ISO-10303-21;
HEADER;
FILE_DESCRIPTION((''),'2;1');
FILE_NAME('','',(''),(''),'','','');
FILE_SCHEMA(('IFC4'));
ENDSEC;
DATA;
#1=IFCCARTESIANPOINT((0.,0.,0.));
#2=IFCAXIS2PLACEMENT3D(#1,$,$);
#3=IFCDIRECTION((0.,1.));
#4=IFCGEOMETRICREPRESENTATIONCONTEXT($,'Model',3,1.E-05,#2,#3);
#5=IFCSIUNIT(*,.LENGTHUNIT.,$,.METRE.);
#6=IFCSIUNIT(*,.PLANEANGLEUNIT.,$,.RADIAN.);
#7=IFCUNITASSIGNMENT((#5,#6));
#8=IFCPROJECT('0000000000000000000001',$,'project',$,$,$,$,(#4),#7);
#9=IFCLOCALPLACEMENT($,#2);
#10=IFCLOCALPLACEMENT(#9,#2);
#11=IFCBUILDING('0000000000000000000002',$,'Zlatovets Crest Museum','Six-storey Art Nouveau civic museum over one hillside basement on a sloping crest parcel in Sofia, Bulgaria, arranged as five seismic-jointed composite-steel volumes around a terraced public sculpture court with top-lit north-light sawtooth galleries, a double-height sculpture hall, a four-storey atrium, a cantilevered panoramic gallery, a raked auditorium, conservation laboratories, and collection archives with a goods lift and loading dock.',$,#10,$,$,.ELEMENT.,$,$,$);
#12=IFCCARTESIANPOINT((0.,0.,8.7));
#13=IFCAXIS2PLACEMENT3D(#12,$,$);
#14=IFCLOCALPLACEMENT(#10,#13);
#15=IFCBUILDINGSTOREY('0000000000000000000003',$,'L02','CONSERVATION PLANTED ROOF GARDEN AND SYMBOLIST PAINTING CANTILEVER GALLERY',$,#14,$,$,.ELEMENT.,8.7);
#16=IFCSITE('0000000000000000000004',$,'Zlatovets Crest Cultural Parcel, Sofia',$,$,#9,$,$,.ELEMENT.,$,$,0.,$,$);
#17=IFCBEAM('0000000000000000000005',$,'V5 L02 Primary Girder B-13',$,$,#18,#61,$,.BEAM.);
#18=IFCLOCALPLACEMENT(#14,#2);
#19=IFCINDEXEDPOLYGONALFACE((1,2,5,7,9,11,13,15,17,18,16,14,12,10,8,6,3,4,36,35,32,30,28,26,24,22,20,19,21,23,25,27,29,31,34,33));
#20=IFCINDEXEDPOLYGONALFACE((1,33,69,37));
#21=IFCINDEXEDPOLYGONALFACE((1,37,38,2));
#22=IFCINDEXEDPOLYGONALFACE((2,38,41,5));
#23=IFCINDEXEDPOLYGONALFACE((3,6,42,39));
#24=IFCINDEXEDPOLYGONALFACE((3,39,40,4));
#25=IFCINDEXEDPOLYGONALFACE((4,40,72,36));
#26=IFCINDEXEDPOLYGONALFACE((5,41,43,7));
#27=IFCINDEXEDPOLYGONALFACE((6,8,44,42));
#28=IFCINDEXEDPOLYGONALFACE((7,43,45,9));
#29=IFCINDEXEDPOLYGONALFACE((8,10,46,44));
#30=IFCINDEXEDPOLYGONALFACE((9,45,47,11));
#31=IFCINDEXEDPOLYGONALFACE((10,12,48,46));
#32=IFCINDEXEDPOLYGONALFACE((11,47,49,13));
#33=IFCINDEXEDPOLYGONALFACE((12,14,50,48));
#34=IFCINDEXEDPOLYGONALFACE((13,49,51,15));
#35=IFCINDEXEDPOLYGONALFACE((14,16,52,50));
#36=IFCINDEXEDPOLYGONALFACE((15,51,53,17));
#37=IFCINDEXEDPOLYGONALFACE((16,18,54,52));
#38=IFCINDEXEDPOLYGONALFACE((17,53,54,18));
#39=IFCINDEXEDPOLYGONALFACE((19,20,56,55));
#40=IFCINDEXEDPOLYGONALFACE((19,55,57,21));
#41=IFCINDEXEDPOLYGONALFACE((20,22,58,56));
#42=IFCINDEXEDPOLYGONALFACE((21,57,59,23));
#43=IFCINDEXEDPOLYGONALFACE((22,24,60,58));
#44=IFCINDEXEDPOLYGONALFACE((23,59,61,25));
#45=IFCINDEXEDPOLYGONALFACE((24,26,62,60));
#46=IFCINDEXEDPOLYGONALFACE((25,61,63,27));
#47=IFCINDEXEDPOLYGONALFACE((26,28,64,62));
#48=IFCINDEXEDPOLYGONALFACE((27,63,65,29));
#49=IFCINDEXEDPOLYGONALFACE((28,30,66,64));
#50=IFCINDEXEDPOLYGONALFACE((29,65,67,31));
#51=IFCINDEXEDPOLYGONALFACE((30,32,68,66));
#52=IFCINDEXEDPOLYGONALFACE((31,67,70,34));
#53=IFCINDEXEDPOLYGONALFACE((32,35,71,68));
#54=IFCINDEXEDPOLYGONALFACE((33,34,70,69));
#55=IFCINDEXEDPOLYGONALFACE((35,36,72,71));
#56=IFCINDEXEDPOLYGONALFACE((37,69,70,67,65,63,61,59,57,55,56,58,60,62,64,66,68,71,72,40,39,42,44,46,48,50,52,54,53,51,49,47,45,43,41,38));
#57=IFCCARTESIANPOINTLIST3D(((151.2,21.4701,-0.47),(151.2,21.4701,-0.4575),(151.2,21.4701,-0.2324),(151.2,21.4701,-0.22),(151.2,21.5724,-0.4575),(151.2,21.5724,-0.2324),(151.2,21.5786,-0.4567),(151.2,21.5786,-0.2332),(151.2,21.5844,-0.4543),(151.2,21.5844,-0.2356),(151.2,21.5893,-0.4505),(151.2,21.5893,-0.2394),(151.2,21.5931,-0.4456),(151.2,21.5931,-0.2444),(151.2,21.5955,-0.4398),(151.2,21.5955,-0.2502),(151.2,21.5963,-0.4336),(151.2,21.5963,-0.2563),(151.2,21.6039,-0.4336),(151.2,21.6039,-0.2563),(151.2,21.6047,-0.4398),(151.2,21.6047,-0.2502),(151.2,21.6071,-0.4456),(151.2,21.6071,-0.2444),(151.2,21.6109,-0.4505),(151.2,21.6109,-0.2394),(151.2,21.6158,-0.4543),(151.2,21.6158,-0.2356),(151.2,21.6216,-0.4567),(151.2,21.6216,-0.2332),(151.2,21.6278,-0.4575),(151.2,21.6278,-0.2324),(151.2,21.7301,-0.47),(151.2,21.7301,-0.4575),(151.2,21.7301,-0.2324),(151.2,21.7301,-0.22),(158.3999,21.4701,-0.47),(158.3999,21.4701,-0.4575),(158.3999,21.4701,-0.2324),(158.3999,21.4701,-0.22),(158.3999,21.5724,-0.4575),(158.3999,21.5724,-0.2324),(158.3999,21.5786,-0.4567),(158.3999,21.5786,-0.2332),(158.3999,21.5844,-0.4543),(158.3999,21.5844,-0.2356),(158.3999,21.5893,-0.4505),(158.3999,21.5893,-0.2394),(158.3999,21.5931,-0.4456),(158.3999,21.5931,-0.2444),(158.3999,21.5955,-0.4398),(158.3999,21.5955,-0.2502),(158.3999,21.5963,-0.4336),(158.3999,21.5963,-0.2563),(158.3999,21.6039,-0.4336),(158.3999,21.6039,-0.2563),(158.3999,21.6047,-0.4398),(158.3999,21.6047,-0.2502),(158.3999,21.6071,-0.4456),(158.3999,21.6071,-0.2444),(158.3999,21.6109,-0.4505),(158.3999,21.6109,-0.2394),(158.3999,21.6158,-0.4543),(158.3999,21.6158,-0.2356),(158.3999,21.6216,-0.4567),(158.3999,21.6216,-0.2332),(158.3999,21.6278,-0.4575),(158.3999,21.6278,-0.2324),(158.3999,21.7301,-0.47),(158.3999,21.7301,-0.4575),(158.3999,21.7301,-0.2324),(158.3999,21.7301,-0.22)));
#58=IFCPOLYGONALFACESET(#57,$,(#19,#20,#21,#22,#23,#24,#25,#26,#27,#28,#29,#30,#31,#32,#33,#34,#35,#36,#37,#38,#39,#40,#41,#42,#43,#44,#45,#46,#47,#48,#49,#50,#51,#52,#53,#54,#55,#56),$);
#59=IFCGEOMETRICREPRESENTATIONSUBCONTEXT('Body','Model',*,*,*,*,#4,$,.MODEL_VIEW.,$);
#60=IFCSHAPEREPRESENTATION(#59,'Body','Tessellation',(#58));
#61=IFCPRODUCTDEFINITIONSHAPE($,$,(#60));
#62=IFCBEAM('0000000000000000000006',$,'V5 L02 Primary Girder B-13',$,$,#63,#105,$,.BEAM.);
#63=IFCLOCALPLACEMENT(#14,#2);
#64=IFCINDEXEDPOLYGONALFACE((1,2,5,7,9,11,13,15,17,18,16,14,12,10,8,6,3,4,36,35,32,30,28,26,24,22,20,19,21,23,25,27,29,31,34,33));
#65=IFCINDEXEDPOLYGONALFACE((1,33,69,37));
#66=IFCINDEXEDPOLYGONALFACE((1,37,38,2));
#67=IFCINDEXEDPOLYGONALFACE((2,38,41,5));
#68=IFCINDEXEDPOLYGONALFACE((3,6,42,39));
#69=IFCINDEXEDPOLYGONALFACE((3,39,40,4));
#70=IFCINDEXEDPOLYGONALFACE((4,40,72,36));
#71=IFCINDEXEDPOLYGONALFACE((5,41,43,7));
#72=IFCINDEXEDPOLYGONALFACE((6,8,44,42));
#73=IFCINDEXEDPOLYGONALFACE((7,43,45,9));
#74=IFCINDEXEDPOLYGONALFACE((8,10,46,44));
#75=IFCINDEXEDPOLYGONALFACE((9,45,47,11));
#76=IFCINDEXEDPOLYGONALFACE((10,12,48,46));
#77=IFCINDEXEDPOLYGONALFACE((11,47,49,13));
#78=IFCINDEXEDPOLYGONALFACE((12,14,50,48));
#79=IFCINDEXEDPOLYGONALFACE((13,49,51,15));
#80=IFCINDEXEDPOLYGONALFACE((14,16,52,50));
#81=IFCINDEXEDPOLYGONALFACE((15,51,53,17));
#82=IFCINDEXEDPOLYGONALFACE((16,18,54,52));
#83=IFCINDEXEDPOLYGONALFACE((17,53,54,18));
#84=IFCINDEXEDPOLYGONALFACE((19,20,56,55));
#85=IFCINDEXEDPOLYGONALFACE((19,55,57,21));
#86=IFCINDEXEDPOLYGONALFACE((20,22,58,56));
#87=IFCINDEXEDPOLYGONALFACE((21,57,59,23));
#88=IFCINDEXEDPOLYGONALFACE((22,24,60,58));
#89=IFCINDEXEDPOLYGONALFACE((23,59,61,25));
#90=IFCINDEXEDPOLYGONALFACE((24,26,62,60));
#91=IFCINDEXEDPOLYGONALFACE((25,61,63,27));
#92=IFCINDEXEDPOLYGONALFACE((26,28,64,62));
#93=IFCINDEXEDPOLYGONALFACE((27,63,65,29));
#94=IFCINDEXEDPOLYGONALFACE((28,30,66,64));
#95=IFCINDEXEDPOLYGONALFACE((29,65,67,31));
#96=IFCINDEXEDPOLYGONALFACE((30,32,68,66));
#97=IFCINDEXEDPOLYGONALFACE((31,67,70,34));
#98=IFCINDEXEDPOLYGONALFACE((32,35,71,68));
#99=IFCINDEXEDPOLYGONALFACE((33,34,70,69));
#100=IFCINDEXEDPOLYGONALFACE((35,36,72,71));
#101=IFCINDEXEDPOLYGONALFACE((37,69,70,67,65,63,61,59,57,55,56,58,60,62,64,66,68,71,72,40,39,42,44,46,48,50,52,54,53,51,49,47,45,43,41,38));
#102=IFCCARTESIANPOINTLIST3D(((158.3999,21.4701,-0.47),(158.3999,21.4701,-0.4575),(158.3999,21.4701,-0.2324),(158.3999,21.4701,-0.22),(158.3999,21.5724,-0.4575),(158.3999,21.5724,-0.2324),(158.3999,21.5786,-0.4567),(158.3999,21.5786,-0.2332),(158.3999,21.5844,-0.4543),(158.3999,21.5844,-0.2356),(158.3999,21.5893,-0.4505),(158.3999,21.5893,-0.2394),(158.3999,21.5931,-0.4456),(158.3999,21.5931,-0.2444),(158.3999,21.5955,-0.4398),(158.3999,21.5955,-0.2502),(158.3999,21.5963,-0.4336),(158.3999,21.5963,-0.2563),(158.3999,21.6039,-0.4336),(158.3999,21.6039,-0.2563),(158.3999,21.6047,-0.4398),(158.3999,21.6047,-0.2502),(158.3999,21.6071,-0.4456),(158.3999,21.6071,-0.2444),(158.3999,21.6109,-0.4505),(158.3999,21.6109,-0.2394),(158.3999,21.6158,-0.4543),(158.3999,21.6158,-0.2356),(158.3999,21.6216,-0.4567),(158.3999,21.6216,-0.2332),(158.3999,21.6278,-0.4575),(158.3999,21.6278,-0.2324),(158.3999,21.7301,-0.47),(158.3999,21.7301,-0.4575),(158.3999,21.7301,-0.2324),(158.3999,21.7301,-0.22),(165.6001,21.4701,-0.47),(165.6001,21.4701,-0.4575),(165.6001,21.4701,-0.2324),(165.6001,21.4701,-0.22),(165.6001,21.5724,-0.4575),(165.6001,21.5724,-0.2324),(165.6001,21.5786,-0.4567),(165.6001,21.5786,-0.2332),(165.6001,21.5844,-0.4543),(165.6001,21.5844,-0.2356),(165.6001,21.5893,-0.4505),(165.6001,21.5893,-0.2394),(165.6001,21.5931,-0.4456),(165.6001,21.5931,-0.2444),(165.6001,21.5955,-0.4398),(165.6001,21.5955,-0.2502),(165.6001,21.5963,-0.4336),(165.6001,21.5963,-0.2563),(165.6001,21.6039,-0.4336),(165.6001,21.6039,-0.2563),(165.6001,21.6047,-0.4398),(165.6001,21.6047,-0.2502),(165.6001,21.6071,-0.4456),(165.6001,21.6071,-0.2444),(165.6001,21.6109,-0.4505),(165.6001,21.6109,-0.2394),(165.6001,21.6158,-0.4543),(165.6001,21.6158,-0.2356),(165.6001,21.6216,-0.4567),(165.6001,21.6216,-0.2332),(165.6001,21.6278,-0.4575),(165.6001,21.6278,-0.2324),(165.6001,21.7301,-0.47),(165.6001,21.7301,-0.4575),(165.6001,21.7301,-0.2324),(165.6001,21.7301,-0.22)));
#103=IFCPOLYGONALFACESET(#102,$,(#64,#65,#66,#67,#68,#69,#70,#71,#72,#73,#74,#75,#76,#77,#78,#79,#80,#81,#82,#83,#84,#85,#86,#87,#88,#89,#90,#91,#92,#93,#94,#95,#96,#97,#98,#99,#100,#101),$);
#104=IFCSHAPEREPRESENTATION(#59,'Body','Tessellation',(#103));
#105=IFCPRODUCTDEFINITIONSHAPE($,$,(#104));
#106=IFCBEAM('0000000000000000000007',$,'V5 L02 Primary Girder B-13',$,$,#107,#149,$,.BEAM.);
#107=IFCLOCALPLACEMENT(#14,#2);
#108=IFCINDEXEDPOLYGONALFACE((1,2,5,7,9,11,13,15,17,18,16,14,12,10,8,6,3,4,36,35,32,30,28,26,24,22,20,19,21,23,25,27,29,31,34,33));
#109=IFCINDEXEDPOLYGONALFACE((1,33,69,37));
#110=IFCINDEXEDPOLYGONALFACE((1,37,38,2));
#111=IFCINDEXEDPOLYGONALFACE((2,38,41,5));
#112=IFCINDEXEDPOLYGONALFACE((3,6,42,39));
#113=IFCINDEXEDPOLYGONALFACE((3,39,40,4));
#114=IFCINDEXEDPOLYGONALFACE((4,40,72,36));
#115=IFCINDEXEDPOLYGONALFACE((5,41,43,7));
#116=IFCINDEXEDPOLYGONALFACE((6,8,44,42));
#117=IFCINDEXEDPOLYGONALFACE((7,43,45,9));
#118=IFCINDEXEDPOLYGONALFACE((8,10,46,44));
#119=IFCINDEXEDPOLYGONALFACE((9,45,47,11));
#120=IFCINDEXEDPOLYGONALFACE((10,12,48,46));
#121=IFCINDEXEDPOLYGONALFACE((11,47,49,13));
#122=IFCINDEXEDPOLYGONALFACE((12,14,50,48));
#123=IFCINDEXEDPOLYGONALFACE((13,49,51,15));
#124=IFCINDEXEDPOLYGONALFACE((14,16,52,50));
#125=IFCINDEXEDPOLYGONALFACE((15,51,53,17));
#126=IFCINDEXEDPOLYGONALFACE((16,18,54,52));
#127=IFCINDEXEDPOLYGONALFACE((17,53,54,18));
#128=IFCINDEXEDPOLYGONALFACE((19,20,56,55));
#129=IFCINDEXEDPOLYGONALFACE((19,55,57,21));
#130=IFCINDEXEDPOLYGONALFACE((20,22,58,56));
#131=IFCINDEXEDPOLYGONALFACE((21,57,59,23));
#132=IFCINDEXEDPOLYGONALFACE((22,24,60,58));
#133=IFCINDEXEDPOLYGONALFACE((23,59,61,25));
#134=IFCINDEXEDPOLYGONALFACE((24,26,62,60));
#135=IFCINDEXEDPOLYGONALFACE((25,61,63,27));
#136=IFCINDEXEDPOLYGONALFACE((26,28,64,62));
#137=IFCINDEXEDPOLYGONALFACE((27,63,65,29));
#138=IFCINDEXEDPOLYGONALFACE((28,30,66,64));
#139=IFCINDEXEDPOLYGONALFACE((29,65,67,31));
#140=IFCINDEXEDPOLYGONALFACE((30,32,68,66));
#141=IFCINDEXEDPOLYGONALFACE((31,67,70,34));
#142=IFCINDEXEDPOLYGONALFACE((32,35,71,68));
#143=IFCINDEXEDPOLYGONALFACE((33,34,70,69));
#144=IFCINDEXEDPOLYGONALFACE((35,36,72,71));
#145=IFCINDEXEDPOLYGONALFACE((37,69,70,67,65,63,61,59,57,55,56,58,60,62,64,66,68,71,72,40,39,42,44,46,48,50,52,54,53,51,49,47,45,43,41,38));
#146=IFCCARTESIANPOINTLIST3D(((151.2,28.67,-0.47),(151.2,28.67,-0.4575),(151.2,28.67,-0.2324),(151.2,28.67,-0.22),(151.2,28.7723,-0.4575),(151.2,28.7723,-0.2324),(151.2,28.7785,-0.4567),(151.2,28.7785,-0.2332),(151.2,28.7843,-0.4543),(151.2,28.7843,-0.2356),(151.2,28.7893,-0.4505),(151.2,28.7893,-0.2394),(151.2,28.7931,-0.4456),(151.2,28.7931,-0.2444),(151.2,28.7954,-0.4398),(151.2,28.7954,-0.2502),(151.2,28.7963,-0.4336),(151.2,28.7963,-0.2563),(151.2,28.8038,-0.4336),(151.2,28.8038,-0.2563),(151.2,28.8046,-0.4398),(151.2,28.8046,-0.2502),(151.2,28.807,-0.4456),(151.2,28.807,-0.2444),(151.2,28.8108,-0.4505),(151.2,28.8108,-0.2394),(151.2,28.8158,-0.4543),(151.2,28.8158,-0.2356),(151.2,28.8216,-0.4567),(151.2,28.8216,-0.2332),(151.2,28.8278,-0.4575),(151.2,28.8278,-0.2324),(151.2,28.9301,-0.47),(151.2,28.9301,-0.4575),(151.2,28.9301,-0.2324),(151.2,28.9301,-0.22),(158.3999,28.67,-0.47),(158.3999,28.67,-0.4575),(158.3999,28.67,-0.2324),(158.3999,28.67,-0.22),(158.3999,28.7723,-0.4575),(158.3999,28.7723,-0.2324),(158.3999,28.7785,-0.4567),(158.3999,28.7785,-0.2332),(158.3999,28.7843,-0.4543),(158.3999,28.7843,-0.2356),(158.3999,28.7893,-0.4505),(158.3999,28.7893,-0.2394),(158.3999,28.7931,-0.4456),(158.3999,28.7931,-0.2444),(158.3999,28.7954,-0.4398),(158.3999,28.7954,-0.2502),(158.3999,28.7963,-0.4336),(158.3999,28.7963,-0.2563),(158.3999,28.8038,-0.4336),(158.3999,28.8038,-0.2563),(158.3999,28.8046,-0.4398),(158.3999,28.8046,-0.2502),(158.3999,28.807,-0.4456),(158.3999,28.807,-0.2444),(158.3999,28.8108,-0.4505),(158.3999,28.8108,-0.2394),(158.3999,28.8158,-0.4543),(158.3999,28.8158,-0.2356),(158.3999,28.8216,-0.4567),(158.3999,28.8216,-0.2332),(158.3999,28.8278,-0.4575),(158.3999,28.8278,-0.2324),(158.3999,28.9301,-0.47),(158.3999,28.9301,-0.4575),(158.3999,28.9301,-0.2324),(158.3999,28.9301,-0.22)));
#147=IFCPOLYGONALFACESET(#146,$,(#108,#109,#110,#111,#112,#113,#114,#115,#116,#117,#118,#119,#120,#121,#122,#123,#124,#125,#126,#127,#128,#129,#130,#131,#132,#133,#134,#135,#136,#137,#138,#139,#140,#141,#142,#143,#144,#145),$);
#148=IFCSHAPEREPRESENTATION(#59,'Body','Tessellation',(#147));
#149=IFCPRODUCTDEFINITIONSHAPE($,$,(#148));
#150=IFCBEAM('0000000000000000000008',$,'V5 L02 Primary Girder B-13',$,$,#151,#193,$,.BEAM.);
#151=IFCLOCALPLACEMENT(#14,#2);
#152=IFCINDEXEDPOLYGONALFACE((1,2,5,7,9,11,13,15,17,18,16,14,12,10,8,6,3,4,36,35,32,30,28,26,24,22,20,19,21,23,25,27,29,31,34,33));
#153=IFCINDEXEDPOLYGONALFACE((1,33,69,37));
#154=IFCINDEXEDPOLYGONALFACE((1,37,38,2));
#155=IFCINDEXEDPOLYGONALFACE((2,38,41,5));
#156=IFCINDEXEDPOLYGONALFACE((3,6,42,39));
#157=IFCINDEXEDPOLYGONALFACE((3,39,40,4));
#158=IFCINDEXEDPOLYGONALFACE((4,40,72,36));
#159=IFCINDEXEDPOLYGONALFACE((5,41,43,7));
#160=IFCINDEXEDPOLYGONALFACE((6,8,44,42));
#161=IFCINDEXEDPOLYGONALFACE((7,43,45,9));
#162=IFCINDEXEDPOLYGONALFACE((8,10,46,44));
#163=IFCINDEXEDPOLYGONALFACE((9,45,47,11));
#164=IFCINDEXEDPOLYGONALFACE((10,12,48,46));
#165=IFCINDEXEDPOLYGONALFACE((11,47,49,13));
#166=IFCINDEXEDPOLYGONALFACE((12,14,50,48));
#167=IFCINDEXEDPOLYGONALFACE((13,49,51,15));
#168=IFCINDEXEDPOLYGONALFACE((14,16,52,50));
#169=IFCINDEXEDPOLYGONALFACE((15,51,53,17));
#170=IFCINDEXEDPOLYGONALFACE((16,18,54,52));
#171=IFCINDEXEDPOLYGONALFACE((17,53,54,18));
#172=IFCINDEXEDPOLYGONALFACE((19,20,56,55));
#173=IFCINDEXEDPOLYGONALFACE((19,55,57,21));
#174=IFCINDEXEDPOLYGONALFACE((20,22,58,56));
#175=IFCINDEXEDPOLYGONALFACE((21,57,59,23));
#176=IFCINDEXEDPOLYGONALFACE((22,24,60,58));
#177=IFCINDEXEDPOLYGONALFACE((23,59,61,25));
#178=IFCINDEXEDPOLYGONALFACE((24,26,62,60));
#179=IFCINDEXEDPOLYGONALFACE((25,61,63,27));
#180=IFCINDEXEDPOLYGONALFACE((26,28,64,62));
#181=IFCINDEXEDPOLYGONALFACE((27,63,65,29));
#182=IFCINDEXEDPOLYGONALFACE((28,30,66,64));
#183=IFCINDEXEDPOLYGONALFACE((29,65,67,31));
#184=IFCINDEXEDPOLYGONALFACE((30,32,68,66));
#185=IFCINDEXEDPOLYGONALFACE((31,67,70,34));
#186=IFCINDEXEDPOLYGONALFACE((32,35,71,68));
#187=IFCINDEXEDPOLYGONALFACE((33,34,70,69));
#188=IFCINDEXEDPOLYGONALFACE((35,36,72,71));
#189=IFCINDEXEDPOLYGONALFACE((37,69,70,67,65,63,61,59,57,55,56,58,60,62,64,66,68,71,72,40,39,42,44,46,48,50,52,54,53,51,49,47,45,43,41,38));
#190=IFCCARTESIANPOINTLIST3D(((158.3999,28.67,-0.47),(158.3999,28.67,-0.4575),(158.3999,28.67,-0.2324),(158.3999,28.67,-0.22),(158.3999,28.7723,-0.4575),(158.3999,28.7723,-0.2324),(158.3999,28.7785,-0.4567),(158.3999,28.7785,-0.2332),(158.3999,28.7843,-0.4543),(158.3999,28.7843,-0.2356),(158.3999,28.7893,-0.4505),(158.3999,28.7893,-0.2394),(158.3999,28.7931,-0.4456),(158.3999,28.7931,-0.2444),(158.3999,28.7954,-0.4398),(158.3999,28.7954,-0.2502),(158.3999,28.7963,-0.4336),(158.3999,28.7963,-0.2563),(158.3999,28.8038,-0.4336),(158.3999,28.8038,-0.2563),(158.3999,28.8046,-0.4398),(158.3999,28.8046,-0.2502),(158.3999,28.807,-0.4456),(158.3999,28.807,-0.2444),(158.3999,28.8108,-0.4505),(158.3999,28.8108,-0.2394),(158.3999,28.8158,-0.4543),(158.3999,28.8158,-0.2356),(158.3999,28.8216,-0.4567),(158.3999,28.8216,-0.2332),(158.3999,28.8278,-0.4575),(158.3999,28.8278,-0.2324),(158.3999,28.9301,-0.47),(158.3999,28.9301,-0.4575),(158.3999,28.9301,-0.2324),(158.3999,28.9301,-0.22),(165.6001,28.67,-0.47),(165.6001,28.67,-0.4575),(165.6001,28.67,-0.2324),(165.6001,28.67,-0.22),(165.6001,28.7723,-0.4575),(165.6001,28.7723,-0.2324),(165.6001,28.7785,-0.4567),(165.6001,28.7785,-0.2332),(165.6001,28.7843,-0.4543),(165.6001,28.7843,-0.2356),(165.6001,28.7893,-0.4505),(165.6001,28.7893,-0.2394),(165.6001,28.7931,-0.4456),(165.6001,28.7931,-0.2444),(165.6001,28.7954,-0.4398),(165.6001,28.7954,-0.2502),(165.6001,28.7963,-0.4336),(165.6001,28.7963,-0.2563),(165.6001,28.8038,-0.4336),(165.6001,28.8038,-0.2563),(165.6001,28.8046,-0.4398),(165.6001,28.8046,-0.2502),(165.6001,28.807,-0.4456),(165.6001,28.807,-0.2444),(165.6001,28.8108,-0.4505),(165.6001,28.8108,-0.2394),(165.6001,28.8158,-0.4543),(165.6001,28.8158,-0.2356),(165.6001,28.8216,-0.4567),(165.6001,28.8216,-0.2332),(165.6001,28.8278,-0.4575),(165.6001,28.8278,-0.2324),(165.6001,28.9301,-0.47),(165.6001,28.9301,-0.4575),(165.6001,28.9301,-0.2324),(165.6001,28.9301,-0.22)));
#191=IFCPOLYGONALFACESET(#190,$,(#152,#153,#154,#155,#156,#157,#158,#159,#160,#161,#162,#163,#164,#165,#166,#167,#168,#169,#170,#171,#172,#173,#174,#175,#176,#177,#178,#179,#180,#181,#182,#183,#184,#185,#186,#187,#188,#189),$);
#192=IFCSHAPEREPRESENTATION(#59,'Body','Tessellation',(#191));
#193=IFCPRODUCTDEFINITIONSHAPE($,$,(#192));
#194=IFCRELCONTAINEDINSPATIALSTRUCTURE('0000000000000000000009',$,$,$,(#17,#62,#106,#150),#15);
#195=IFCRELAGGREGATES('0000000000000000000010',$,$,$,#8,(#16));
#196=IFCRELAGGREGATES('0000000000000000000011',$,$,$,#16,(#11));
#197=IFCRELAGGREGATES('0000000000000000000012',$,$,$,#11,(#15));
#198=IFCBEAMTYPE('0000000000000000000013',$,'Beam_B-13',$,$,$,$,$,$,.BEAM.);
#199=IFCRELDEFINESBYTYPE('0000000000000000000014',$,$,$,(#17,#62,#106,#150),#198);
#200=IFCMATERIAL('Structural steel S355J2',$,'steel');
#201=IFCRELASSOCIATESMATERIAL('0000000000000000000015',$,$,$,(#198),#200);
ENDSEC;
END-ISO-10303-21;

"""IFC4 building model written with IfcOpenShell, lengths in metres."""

from ifc_helpers import new_model, si_unit, direction, frame, origin, origin_2d, place, context, subcontext, project, spatial, i_section, extrude, material, material_profile, profile_set, type_object, element, save


model = new_model("IFC4")

# Units and contexts
model_context = context("Model", 3, precision=1e-05, world=origin(), true_north=direction((0.0, 1.0)))
body_context = subcontext(model_context, "Body", "Model", "MODEL_VIEW")
ifc_project = project(units=[si_unit("LENGTHUNIT", "METRE"), si_unit("PLANEANGLEUNIT", "RADIAN")], contexts=[model_context])

# Site, building, storey
site_placement = place(None, origin())
site = spatial("IfcSite", under=ifc_project, at=site_placement, Name="Zlatovets Crest Cultural Parcel, Sofia", CompositionType="ELEMENT", RefElevation=0.0)
building_placement = place(site_placement, origin())
building = spatial("IfcBuilding", under=site, at=building_placement, Name="Zlatovets Crest Museum", Description="Six-storey Art Nouveau civic museum over one hillside basement on a sloping crest parcel in Sofia, Bulgaria, arranged as five seismic-jointed composite-steel volumes around a terraced public sculpture court with top-lit north-light sawtooth galleries, a double-height sculpture hall, a four-storey atrium, a cantilevered panoramic gallery, a raked auditorium, conservation laboratories, and collection archives with a goods lift and loading dock.", CompositionType="ELEMENT")
storey_placement = place(building_placement, frame((0.0, 0.0, 8.7)))
storey = spatial("IfcBuildingStorey", under=building, at=storey_placement, Name="L02", Description="CONSERVATION PLANTED ROOF GARDEN AND SYMBOLIST PAINTING CANTILEVER GALLERY", CompositionType="ELEMENT", Elevation=8.7)

# Shared definitions
ifc_material_1 = material(Name="Structural steel S355J2", Category="steel")

# Beams
ifc_material_profile_1 = material_profile(ifc_material_1, i_section(OverallWidth=0.26, OverallDepth=0.25, WebThickness=0.0076, FlangeThickness=0.0125, FilletRadius=0.0239, at=origin_2d()), Name="HEA 260")
ifc_profile_set_1 = profile_set([ifc_material_profile_1], Name="Structural steel S355J2")
beam_type_1 = type_object("IfcBeamType", Name="Beam_B-13", PredefinedType="BEAM", material=ifc_profile_set_1)
beam_1_placement = place(storey_placement, frame((151.2, 21.6001, -0.345), z_axis=(1.0, 0.0, 0.0), x_axis=(0.0, 1.0, 0.0)))
element("IfcBeam", 1, at=beam_1_placement, inside=storey, type_object=beam_type_1, Name="V5 L02 Primary Girder B-13", PredefinedType="BEAM", context=body_context, shape_type="SweptSolid", body=[
    extrude(i_section(OverallWidth=0.26, OverallDepth=0.25, WebThickness=0.0076, FlangeThickness=0.0125, FilletRadius=0.0239, at=origin_2d()), origin(), (0.0, 0.0, 1.0), 7.2),
])
beam_2_placement = place(storey_placement, frame((158.3999, 21.6001, -0.345), z_axis=(1.0, 0.0, 0.0), x_axis=(0.0, 1.0, 0.0)))
element("IfcBeam", 2, at=beam_2_placement, inside=storey, type_object=beam_type_1, Name="V5 L02 Primary Girder B-13", PredefinedType="BEAM", context=body_context, shape_type="SweptSolid", body=[
    extrude(i_section(OverallWidth=0.26, OverallDepth=0.25, WebThickness=0.0076, FlangeThickness=0.0125, FilletRadius=0.0239, at=origin_2d()), origin(), (0.0, 0.0, 1.0), 7.2002),
])
beam_3_placement = place(storey_placement, frame((151.2, 28.8, -0.345), z_axis=(1.0, 0.0, 0.0), x_axis=(0.0, 1.0, 0.0)))
element("IfcBeam", 3, at=beam_3_placement, inside=storey, type_object=beam_type_1, Name="V5 L02 Primary Girder B-13", PredefinedType="BEAM", context=body_context, shape_type="SweptSolid", body=[
    extrude(i_section(OverallWidth=0.26, OverallDepth=0.25, WebThickness=0.0076, FlangeThickness=0.0125, FilletRadius=0.0239, at=origin_2d()), origin(), (0.0, 0.0, 1.0), 7.2),
])
beam_4_placement = place(storey_placement, frame((158.3999, 28.8, -0.345), z_axis=(1.0, 0.0, 0.0), x_axis=(0.0, 1.0, 0.0)))
element("IfcBeam", 4, at=beam_4_placement, inside=storey, type_object=beam_type_1, Name="V5 L02 Primary Girder B-13", PredefinedType="BEAM", context=body_context, shape_type="SweptSolid", body=[
    extrude(i_section(OverallWidth=0.26, OverallDepth=0.25, WebThickness=0.0076, FlangeThickness=0.0125, FilletRadius=0.0239, at=origin_2d()), origin(), (0.0, 0.0, 1.0), 7.2002),
])

save(model, "model.ifc")
